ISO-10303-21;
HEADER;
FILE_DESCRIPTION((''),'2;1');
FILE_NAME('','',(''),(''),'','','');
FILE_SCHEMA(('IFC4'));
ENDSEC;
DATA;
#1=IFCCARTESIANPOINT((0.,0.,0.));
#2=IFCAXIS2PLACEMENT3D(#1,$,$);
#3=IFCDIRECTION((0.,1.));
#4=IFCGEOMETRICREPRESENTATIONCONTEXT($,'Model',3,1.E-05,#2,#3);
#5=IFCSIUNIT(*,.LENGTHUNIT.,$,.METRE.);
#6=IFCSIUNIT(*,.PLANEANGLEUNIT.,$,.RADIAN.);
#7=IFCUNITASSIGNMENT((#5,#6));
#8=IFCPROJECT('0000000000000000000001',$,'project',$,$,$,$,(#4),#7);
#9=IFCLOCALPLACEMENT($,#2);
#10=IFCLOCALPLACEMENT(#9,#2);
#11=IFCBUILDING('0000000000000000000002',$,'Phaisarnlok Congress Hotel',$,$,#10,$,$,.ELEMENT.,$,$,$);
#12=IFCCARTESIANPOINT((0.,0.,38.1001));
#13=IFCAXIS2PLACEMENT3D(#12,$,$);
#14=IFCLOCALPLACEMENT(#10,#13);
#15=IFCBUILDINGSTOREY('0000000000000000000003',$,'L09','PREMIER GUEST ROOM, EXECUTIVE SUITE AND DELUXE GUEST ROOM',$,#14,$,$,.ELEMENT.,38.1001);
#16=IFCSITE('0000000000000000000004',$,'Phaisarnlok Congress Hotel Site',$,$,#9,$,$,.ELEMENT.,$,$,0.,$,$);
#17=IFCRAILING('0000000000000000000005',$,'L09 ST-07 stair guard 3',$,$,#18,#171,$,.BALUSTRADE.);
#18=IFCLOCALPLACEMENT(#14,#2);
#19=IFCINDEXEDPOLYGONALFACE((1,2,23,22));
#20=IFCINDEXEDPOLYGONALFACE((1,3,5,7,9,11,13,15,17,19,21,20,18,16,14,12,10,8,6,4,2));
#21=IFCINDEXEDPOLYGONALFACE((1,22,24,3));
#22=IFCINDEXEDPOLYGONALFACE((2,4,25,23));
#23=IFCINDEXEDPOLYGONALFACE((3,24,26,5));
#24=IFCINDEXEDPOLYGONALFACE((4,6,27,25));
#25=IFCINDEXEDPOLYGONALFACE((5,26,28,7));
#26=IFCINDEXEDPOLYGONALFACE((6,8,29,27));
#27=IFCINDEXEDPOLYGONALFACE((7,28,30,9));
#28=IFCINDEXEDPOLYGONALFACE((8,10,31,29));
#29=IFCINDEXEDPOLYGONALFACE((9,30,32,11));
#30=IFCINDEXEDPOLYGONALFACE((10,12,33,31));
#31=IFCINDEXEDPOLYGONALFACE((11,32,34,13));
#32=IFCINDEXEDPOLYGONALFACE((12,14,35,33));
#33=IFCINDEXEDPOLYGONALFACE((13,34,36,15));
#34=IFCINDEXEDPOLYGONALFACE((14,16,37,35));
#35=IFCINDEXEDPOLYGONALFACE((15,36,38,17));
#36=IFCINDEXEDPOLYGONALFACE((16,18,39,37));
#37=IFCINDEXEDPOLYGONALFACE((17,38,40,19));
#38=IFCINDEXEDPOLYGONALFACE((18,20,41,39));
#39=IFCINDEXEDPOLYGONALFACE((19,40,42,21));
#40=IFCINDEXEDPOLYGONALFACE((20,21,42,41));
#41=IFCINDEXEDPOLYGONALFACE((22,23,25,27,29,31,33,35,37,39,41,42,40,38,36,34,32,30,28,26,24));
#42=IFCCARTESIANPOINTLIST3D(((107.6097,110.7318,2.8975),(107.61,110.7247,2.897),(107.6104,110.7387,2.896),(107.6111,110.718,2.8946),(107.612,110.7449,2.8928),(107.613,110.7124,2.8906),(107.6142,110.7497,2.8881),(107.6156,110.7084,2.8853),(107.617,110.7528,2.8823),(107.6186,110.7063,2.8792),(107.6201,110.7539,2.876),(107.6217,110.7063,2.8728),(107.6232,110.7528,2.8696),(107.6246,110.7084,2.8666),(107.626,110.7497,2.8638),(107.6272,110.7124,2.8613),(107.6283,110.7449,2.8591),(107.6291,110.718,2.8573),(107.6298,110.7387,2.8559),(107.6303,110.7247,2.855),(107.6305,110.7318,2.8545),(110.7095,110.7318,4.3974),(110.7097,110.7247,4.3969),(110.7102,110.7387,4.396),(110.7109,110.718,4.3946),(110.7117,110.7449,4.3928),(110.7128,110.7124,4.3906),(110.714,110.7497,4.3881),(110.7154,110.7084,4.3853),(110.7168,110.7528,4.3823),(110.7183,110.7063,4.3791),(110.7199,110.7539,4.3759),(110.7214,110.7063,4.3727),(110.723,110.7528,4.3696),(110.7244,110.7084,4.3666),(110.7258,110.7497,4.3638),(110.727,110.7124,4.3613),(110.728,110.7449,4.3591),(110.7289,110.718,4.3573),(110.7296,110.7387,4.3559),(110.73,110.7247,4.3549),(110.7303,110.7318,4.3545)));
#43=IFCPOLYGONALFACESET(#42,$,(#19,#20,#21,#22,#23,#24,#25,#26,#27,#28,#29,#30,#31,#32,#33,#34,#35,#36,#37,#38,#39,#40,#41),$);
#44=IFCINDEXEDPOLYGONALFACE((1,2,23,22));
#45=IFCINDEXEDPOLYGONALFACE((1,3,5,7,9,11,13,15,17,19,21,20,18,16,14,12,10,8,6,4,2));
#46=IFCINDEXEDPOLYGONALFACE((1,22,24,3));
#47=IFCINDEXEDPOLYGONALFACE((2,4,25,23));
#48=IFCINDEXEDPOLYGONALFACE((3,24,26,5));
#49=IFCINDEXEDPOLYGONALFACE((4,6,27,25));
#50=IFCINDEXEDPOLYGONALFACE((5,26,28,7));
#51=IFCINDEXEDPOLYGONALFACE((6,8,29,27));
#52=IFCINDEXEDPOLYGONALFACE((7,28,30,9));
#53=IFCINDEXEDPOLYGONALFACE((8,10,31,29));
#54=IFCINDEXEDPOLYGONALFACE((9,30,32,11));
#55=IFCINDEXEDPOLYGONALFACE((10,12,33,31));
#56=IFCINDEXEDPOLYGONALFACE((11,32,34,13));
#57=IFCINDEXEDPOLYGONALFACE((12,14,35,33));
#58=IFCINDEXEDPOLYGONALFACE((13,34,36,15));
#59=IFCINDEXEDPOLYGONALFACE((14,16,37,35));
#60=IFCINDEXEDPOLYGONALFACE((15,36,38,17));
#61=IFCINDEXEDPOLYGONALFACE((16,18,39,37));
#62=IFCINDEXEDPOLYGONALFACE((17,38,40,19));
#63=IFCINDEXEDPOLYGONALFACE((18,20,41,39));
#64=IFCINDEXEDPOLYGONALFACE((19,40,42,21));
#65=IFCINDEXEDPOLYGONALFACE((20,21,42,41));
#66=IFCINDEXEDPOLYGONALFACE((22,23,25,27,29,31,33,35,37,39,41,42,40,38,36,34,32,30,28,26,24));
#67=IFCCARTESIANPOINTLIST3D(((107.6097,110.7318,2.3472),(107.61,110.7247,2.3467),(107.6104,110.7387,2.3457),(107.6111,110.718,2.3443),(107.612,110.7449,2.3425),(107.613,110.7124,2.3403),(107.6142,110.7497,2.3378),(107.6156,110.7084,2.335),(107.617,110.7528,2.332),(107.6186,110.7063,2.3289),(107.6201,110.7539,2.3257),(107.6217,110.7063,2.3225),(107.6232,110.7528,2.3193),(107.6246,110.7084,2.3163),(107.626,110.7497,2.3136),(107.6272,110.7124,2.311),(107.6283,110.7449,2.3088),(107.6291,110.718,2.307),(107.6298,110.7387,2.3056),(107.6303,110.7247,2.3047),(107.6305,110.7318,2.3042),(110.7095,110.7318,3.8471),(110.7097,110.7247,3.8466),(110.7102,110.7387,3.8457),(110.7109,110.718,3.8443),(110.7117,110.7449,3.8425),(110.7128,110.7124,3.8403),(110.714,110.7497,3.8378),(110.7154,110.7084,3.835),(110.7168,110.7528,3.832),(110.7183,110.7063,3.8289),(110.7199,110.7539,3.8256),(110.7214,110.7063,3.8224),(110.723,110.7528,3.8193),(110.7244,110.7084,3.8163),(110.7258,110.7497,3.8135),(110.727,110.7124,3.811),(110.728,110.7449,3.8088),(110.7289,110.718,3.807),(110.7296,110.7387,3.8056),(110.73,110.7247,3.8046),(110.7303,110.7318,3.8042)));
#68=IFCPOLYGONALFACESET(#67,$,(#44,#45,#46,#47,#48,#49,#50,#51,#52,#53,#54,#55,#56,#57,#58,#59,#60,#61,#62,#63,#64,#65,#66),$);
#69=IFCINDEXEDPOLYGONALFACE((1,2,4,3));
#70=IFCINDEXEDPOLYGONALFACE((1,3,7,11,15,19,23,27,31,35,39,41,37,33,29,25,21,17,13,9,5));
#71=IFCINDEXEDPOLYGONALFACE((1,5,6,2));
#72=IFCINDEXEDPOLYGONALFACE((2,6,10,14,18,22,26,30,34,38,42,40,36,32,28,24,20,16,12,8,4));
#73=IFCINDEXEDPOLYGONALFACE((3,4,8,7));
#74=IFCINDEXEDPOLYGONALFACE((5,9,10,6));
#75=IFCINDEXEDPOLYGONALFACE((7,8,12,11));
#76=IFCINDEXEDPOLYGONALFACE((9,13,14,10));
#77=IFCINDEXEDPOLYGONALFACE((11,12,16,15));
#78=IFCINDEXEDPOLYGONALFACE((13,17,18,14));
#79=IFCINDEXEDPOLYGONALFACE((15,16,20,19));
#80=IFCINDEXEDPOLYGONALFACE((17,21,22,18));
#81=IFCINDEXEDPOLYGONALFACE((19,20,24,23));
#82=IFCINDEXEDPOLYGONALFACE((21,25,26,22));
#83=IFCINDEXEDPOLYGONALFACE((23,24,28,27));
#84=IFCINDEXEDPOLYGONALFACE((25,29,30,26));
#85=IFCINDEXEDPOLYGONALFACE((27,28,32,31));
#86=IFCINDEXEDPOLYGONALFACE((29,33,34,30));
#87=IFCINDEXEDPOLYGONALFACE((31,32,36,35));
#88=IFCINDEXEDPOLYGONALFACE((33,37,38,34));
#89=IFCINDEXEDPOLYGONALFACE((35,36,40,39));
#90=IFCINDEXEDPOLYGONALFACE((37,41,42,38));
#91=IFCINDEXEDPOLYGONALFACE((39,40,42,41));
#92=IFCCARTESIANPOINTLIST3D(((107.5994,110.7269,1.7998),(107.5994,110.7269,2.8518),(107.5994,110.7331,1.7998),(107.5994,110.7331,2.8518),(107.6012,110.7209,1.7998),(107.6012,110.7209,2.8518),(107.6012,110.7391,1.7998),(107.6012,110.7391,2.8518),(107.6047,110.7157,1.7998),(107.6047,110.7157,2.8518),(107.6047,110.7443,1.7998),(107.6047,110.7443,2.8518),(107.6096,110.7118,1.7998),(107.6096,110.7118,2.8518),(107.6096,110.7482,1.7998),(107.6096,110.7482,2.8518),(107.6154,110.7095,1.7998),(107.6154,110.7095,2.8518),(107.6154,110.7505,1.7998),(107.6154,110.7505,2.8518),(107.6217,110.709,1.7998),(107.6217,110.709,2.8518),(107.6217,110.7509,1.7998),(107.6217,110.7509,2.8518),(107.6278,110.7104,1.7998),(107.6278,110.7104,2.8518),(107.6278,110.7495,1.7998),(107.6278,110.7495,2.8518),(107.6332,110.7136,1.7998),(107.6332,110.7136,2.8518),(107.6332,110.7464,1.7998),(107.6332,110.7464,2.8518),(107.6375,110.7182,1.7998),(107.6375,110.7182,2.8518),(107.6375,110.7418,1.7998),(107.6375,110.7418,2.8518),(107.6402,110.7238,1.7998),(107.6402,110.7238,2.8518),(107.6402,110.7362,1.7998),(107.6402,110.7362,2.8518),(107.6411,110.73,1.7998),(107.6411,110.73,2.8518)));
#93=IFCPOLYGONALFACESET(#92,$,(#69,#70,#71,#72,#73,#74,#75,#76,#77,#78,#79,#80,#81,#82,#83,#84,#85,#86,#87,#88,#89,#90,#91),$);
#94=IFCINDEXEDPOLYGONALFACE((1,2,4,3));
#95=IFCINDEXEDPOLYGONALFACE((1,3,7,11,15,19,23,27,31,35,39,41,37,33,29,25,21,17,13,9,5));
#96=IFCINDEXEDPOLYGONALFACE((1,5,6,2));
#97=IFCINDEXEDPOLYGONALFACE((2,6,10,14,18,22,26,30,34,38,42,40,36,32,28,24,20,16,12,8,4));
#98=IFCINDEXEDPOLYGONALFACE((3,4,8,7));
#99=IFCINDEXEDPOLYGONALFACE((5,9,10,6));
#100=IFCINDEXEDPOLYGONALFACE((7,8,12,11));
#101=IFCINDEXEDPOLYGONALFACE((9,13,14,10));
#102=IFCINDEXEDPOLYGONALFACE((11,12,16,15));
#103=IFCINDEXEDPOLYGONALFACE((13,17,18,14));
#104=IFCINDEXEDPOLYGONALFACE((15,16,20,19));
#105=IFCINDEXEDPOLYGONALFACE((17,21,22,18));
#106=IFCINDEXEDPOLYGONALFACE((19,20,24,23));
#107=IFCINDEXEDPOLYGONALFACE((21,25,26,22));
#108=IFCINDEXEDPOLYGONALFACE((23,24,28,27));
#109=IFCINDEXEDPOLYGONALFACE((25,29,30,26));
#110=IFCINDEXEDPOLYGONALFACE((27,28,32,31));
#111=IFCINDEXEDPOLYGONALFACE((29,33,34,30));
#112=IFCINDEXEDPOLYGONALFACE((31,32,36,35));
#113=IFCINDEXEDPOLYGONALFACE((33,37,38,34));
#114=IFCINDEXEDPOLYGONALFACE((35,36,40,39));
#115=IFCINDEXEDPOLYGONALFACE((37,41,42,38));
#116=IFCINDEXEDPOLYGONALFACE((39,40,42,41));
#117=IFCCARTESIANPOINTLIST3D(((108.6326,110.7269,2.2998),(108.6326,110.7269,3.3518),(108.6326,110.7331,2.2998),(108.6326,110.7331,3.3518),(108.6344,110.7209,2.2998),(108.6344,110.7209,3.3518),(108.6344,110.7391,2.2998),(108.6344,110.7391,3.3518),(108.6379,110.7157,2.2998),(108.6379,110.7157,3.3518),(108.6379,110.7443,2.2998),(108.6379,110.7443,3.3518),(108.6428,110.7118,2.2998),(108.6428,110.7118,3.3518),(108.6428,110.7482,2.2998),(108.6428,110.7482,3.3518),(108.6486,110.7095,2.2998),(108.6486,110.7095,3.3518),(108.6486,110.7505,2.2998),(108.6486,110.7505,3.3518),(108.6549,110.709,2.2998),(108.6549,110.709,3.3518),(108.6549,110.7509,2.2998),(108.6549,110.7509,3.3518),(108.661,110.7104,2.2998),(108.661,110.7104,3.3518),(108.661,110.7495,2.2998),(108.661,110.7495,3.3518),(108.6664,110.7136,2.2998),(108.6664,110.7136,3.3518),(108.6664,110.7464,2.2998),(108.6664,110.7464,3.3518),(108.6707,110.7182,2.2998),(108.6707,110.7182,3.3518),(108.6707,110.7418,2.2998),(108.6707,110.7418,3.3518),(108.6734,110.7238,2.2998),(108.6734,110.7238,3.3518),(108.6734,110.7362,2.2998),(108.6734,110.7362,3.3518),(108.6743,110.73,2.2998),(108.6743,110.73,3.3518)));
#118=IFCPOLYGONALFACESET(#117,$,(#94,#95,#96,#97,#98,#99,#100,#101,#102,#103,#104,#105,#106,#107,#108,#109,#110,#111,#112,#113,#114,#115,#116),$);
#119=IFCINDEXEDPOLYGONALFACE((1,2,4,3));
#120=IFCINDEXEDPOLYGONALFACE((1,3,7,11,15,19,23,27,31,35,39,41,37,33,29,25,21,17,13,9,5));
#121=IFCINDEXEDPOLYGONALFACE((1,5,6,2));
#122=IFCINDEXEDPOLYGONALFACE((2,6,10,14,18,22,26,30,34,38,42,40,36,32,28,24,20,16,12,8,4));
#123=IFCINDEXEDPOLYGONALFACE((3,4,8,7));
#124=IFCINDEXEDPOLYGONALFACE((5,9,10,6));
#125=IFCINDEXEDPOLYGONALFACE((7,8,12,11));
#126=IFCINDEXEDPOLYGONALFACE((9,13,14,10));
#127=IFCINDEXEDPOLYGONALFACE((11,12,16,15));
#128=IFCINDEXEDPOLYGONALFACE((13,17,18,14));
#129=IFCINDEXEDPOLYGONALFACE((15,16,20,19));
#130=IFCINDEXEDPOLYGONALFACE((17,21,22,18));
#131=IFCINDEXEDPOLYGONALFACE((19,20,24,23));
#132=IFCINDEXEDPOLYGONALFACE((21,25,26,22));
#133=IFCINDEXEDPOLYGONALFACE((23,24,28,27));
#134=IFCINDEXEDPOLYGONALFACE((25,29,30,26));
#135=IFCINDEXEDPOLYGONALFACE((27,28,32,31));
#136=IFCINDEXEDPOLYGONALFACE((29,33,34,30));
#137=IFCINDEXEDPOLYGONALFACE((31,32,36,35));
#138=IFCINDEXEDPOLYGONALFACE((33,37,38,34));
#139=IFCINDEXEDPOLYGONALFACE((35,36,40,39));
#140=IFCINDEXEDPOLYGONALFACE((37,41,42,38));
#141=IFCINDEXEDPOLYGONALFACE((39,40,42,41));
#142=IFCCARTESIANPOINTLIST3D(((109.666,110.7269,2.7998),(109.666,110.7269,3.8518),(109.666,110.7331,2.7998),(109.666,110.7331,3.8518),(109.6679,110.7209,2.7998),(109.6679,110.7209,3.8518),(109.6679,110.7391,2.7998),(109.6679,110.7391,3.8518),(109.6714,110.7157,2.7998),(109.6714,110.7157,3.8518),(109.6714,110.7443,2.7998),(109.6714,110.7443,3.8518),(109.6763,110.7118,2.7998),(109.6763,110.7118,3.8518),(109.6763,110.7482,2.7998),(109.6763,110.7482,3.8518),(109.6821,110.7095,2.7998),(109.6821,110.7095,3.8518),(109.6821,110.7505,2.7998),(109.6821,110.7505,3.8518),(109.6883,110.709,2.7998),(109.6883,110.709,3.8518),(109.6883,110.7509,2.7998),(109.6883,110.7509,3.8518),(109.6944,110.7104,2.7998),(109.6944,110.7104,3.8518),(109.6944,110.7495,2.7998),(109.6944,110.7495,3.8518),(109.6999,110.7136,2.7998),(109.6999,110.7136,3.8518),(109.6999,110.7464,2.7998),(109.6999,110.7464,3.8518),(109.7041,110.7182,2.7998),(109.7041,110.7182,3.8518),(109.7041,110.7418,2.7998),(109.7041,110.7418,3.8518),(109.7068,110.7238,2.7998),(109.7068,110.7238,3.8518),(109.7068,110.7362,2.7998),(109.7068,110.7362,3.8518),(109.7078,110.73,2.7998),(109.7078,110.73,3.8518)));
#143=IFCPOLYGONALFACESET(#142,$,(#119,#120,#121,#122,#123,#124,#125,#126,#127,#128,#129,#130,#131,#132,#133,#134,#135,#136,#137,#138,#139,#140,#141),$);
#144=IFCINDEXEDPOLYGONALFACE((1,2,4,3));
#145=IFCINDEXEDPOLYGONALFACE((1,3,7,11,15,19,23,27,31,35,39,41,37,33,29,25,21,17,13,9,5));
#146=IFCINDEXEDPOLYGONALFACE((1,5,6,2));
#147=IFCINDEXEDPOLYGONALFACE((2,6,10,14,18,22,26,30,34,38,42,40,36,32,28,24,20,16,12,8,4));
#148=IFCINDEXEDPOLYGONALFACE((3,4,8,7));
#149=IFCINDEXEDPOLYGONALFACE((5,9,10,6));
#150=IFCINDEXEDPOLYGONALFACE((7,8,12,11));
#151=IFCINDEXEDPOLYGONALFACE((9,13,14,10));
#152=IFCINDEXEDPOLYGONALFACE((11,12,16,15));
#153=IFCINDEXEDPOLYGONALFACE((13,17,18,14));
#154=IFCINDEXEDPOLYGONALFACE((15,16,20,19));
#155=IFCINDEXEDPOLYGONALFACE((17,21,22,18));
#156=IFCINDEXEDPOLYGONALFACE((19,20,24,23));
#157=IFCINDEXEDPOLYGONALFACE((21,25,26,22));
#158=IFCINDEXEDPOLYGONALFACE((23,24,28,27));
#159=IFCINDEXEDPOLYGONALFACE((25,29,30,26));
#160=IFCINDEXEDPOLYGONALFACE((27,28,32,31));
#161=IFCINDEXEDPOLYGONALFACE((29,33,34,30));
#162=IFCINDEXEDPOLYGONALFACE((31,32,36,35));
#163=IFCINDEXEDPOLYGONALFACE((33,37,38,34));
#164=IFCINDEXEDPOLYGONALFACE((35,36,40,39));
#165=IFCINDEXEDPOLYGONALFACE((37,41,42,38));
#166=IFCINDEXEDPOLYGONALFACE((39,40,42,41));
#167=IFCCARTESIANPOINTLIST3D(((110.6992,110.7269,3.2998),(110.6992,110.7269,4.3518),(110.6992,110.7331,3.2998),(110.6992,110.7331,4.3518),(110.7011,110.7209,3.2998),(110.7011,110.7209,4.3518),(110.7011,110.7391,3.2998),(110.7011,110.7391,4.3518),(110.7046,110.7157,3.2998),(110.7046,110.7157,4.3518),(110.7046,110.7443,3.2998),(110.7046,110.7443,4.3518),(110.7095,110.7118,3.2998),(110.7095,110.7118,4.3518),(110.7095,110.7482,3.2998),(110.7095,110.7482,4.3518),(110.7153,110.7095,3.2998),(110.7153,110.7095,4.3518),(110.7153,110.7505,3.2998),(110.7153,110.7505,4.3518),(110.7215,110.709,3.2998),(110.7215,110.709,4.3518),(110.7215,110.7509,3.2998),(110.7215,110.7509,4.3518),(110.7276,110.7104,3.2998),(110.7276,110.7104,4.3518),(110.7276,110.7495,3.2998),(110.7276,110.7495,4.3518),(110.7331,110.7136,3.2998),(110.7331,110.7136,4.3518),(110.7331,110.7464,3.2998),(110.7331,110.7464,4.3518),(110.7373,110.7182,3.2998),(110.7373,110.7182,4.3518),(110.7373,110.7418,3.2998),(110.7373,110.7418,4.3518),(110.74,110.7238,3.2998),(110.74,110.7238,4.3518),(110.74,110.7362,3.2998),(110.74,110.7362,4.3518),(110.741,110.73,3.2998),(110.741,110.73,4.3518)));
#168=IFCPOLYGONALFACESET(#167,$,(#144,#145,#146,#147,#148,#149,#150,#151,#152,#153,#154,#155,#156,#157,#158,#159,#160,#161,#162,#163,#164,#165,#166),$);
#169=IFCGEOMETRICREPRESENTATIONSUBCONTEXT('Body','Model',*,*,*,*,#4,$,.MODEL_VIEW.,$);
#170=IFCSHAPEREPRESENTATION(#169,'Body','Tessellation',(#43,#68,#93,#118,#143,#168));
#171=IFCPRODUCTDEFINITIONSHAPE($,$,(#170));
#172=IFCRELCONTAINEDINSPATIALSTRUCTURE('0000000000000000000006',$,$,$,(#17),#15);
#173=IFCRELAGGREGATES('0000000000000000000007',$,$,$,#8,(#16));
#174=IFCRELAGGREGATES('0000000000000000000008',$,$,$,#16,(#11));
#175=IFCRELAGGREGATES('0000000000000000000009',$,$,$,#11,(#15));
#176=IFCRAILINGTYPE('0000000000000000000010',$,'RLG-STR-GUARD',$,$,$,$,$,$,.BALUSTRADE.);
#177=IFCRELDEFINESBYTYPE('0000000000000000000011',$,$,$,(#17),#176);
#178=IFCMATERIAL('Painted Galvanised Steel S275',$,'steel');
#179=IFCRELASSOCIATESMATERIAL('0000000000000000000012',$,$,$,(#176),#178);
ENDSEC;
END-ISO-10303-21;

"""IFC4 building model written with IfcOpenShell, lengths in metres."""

from ifc_helpers import new_model, si_unit, direction, frame, origin, origin_2d, place, context, subcontext, project, spatial, circle, extrude, material, type_object, element, save


model = new_model("IFC4")

# Units and contexts
model_context = context("Model", 3, precision=1e-05, world=origin(), true_north=direction((0.0, 1.0)))
body_context = subcontext(model_context, "Body", "Model", "MODEL_VIEW")
ifc_project = project(units=[si_unit("LENGTHUNIT", "METRE"), si_unit("PLANEANGLEUNIT", "RADIAN")], contexts=[model_context])

# Site, building, storey
site_placement = place(None, origin())
site = spatial("IfcSite", under=ifc_project, at=site_placement, Name="Phaisarnlok Congress Hotel Site", CompositionType="ELEMENT", RefElevation=0.0)
building_placement = place(site_placement, origin())
building = spatial("IfcBuilding", under=site, at=building_placement, Name="Phaisarnlok Congress Hotel", CompositionType="ELEMENT")
storey_placement = place(building_placement, frame((0.0, 0.0, 38.1001)))
storey = spatial("IfcBuildingStorey", under=building, at=storey_placement, Name="L09", Description="PREMIER GUEST ROOM, EXECUTIVE SUITE AND DELUXE GUEST ROOM", CompositionType="ELEMENT", Elevation=38.1001)

# Railing
ifc_material_1 = material(Name="Painted Galvanised Steel S275", Category="steel")
railing_type_1 = type_object("IfcRailingType", Name="RLG-STR-GUARD", PredefinedType="BALUSTRADE", material=ifc_material_1)
railing_1_placement = place(storey_placement, frame((107.6201, 110.73, 1.7998)))
element("IfcRailing", 1, at=railing_1_placement, inside=storey, type_object=railing_type_1, Name="L09 ST-07 stair guard 3", PredefinedType="BALUSTRADE", context=body_context, shape_type="SweptSolid", body=[
    extrude(circle(Radius=0.0239, at=origin_2d()), frame((0.0, 0.0, 1.0762), z_axis=(0.900151, 0.0, 0.435578), x_axis=(0.0, 1.0, 0.0)), (0.0, 0.0, 1.0), 3.4436),
    extrude(circle(Radius=0.0239, at=origin_2d()), frame((0.0, 0.0, 0.5259), z_axis=(0.900151, 0.0, 0.435578), x_axis=(0.0, 1.0, 0.0)), (0.0, 0.0, 1.0), 3.4436),
    extrude(circle(Radius=0.021, at=origin_2d()), origin(), (0.0, 0.0, 1.0), 1.052),
    extrude(circle(Radius=0.021, at=origin_2d()), frame((1.0332, 0.0, 0.5)), (0.0, 0.0, 1.0), 1.052),
    extrude(circle(Radius=0.021, at=origin_2d()), frame((2.0667, 0.0, 1.0)), (0.0, 0.0, 1.0), 1.052),
    extrude(circle(Radius=0.021, at=origin_2d()), frame((3.0999, 0.0, 1.5)), (0.0, 0.0, 1.0), 1.052),
])

save(model, "model.ifc")
